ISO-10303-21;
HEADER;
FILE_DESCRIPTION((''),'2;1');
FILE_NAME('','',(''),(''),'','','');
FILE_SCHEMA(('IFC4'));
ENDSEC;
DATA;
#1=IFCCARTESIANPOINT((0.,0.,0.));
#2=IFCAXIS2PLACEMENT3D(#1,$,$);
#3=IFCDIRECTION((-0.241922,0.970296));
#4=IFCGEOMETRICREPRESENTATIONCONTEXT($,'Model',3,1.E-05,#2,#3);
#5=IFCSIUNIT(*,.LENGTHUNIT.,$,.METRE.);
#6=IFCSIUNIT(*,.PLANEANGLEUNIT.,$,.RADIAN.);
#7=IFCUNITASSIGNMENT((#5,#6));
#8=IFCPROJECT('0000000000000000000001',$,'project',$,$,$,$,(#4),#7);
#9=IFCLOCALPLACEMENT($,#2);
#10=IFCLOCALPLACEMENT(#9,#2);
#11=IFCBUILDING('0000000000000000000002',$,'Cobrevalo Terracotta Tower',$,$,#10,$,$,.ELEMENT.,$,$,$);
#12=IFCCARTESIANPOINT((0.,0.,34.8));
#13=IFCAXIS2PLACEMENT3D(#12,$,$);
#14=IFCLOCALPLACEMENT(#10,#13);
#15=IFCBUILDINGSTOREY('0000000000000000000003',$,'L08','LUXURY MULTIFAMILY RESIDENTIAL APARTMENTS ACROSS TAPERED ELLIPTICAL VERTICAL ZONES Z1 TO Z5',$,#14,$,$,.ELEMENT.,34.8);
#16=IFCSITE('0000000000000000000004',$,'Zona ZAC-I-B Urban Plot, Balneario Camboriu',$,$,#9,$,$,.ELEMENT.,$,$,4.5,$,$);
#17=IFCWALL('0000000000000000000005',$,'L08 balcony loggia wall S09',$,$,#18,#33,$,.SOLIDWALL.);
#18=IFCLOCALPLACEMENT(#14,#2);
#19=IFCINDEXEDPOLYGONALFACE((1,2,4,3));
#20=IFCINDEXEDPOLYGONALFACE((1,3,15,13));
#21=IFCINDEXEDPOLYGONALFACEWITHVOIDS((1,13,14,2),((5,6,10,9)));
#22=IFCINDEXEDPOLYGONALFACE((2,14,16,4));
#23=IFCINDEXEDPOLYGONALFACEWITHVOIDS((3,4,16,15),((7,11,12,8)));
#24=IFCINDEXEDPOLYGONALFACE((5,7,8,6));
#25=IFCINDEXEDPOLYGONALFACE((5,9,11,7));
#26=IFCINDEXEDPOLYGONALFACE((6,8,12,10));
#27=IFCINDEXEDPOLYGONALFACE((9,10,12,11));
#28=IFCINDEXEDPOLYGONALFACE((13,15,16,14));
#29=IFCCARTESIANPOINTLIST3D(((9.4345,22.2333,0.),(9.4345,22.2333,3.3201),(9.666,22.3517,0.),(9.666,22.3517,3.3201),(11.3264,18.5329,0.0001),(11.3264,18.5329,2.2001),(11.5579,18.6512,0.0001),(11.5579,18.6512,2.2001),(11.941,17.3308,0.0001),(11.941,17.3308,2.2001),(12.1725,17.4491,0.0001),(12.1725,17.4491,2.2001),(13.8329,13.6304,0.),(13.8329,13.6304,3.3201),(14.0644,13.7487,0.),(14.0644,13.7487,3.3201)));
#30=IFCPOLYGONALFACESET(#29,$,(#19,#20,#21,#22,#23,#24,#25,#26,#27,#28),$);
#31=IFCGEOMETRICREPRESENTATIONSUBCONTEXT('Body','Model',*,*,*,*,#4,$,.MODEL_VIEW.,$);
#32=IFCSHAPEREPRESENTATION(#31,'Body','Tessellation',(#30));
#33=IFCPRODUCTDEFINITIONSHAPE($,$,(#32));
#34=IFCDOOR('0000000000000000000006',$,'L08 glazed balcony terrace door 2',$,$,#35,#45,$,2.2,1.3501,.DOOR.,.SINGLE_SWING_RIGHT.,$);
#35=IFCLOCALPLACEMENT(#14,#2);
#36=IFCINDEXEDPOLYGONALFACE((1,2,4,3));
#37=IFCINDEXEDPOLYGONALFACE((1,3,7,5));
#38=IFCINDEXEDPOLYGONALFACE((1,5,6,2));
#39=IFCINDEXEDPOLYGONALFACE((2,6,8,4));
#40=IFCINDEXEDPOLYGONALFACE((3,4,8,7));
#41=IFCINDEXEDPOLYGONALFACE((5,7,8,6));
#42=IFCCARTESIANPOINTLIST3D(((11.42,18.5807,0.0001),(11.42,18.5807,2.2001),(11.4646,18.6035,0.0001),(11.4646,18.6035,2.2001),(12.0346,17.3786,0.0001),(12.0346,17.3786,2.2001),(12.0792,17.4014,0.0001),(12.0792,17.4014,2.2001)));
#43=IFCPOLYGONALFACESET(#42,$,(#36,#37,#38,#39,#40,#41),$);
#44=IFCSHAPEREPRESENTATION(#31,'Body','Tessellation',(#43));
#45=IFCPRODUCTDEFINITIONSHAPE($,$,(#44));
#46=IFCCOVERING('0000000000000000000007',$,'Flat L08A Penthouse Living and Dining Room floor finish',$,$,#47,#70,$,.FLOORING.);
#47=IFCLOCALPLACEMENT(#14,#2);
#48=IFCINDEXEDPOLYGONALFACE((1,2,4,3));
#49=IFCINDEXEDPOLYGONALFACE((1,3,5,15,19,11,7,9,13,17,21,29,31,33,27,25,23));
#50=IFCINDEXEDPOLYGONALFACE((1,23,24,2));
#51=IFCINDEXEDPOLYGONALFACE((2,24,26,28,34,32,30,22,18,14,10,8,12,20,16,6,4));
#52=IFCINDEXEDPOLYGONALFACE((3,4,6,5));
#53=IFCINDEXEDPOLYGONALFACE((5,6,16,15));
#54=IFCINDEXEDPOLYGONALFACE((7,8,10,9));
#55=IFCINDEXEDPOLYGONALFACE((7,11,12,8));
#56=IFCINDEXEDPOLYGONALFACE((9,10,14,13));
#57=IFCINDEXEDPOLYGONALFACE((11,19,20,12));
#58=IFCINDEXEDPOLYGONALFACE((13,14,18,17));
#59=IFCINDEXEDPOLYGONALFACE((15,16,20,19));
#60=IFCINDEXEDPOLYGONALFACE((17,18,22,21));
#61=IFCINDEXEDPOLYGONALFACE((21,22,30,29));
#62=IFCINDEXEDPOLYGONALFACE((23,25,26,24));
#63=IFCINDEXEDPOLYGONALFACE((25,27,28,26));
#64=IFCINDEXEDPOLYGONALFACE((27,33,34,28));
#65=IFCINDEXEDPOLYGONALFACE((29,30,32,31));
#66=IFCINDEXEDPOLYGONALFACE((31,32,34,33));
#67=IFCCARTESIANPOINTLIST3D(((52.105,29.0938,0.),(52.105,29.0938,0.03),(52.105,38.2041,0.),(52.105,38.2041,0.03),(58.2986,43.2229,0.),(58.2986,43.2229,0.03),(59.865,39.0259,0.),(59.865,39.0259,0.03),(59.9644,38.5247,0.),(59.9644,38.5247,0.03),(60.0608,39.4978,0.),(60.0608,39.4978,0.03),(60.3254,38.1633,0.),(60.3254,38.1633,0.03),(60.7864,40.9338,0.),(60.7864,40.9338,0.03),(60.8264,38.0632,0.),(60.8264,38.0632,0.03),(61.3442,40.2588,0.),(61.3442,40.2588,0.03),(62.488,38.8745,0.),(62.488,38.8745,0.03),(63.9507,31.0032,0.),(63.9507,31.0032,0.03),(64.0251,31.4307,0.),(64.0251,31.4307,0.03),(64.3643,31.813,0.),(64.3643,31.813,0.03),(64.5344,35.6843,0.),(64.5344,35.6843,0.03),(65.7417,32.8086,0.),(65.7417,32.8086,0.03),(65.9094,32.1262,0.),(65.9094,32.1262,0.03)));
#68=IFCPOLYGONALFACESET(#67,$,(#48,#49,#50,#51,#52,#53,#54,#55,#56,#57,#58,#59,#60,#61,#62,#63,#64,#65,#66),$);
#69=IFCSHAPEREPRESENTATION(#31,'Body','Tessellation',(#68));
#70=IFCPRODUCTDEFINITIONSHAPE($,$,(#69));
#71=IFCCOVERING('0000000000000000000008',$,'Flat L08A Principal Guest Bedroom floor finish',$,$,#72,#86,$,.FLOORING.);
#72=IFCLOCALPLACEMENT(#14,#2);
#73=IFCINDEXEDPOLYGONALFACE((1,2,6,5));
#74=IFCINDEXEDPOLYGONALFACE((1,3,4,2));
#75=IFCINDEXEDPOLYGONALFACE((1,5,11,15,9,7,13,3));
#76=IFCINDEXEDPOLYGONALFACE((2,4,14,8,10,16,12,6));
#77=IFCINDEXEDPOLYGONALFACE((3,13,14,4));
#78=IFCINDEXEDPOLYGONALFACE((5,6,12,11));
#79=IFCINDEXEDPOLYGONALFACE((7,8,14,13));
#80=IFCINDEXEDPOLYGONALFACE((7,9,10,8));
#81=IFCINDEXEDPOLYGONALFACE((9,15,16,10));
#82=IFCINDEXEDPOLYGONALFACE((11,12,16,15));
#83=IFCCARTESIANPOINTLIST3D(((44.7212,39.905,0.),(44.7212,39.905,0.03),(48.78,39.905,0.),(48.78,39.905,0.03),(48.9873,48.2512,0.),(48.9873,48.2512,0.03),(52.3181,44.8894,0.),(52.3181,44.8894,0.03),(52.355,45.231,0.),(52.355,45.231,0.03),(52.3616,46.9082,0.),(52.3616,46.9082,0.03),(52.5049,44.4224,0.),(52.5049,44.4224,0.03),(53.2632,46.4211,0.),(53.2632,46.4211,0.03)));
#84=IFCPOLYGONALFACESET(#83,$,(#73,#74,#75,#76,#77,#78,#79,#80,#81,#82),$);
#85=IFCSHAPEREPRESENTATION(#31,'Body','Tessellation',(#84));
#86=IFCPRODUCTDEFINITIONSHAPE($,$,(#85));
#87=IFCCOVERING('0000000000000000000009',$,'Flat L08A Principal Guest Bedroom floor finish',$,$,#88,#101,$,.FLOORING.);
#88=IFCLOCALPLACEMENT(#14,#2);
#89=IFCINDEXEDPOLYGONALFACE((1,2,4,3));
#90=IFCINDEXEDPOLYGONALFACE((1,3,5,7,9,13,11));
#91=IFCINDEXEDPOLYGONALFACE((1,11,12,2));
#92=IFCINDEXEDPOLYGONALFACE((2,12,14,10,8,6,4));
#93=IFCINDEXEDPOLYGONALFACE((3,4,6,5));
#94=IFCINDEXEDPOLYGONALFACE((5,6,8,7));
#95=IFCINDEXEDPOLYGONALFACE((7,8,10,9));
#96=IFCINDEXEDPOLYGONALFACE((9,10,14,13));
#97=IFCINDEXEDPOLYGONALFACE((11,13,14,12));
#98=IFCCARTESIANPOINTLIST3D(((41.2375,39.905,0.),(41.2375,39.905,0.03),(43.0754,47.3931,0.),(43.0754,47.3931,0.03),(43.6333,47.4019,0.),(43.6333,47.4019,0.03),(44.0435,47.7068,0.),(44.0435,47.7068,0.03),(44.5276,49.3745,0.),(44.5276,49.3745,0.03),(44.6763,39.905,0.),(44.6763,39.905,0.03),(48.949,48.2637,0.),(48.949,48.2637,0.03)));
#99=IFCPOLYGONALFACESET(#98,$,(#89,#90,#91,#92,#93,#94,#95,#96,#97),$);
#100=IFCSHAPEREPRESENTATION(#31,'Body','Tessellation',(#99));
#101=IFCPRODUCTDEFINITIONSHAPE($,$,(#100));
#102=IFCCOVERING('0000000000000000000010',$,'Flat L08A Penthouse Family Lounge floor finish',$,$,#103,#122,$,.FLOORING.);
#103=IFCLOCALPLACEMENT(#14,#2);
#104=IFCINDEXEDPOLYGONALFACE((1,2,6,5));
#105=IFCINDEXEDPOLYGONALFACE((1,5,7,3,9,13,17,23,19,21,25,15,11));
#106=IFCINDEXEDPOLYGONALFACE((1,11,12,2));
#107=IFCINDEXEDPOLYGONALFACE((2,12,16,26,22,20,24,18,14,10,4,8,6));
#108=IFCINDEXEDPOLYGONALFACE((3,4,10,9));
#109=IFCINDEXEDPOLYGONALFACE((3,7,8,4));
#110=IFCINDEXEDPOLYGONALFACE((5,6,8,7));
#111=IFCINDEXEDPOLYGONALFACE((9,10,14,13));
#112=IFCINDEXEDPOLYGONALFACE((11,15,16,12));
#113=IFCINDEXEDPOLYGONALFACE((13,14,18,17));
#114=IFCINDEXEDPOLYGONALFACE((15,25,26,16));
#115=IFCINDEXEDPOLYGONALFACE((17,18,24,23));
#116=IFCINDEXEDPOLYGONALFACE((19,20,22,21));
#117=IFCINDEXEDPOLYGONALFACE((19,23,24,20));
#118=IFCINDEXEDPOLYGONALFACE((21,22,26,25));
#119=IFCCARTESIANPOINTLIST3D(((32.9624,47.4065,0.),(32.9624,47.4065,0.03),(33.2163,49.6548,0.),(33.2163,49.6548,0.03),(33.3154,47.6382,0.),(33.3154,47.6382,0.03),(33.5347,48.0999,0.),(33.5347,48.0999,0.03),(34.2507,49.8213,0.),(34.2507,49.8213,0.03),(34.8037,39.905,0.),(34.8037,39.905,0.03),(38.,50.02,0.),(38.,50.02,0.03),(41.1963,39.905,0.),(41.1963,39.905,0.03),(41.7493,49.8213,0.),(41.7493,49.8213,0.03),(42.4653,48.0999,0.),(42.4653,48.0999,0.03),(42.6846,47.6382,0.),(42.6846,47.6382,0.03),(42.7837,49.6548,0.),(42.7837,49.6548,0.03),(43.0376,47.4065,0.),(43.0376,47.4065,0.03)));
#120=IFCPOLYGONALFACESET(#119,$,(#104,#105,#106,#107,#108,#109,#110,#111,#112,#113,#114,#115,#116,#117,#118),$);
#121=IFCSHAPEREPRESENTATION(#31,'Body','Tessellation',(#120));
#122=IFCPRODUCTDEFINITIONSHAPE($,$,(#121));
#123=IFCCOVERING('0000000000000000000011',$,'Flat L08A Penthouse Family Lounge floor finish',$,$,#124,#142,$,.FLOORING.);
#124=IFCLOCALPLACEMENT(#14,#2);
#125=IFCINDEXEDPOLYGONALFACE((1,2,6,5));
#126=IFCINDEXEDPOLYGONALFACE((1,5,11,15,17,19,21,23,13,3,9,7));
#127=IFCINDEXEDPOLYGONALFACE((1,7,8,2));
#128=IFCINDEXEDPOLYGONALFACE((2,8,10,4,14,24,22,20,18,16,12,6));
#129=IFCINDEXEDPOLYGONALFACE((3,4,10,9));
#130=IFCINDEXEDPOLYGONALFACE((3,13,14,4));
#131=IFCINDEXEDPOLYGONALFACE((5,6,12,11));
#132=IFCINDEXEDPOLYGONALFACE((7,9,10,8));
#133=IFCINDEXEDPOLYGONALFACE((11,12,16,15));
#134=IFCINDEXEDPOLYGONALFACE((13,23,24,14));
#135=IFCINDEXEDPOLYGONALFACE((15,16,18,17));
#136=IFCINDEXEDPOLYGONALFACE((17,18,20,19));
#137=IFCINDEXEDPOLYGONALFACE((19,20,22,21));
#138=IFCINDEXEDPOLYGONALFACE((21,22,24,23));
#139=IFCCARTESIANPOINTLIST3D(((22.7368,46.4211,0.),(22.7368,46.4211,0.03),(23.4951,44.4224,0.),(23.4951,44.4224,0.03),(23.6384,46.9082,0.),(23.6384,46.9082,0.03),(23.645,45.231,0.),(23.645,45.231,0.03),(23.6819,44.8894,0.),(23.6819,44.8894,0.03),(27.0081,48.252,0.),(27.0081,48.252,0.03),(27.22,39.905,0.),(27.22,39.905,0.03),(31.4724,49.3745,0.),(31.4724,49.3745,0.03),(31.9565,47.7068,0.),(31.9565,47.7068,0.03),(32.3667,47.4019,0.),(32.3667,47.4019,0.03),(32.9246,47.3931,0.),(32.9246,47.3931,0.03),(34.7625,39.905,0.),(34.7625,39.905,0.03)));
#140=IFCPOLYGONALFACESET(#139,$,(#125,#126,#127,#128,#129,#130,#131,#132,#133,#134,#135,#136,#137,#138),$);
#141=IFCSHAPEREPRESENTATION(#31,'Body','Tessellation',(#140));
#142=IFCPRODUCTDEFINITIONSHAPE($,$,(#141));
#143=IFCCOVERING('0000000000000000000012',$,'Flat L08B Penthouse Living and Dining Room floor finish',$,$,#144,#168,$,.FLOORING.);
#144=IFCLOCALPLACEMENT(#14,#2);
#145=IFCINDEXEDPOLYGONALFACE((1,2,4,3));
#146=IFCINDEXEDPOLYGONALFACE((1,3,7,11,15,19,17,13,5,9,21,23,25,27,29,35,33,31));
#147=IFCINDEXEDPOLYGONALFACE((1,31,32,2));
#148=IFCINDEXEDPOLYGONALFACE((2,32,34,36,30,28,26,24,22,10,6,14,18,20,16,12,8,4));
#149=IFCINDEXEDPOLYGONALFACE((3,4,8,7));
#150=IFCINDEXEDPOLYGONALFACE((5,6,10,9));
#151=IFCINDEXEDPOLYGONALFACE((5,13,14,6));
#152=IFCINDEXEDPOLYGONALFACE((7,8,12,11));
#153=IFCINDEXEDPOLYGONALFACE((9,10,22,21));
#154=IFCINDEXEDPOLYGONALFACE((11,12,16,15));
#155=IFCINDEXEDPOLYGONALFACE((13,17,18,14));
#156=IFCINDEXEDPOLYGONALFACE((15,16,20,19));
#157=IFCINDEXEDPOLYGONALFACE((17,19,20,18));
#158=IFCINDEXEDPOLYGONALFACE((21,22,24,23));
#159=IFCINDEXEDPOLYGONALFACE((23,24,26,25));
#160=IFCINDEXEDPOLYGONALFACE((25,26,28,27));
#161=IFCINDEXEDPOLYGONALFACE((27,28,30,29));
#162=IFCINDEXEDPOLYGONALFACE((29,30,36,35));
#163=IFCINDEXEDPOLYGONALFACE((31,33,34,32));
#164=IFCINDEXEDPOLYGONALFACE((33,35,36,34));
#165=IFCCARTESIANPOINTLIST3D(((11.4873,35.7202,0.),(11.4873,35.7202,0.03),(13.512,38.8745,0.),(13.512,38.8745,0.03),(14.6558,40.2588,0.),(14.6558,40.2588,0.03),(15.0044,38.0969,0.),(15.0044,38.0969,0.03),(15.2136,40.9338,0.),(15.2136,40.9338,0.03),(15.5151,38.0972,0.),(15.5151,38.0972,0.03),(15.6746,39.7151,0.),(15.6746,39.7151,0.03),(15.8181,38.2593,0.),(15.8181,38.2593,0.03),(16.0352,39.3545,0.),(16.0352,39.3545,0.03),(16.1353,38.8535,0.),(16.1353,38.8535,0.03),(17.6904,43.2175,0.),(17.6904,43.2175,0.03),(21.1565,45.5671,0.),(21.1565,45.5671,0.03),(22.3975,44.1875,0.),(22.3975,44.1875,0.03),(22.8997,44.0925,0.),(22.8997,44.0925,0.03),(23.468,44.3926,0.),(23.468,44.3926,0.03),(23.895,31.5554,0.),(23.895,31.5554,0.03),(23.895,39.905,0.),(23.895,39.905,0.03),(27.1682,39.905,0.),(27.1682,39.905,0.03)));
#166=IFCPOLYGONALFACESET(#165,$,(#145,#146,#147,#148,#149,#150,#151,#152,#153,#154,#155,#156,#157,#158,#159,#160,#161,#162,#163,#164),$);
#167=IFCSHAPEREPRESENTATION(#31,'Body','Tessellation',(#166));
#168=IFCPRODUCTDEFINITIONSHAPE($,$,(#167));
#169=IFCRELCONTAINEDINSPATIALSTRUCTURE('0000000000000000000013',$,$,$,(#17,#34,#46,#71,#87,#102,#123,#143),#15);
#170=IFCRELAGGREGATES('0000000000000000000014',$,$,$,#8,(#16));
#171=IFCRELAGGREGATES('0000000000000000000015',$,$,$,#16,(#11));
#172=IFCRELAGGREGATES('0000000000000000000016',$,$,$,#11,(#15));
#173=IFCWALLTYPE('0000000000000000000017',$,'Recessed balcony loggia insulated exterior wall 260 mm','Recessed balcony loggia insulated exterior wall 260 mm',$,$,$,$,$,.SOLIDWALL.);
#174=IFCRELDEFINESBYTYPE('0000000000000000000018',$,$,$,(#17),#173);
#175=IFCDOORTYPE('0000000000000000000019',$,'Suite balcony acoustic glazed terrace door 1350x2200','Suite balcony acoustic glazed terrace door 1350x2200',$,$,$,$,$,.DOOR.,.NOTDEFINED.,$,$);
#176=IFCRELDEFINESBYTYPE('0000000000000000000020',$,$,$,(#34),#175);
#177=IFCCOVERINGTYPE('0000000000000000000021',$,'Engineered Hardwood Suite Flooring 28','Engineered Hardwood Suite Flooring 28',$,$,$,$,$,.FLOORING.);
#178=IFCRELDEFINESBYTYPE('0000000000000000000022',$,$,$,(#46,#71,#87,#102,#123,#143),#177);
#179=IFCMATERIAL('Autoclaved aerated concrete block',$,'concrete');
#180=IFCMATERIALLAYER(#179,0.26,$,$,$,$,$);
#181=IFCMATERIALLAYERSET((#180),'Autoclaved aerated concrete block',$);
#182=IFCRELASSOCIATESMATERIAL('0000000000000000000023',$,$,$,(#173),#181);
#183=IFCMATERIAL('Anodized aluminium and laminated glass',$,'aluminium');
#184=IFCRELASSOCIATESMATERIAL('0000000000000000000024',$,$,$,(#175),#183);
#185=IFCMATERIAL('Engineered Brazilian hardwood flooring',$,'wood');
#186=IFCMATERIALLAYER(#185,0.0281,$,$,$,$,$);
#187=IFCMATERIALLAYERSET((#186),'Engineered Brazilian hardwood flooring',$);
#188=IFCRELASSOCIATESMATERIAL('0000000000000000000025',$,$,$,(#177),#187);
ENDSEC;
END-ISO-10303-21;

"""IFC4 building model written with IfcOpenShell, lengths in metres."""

from ifc_helpers import new_model, si_unit, direction, frame, frame_2d, origin, place, context, subcontext, project, spatial, polyline, rectangle, outline, extrude, source, transform, mapped, material, layer, layer_set, type_object, element, fill, save


model = new_model("IFC4")

# Units and contexts
model_context = context("Model", 3, precision=1e-05, world=origin(), true_north=direction((-0.241922, 0.970296)))
body_context = subcontext(model_context, "Body", "Model", "MODEL_VIEW")
ifc_project = project(units=[si_unit("LENGTHUNIT", "METRE"), si_unit("PLANEANGLEUNIT", "RADIAN")], contexts=[model_context])

# Site, building, storey
site_placement = place(None, origin())
site = spatial("IfcSite", under=ifc_project, at=site_placement, Name="Zona ZAC-I-B Urban Plot, Balneario Camboriu", CompositionType="ELEMENT", RefElevation=4.5)
building_placement = place(site_placement, origin())
building = spatial("IfcBuilding", under=site, at=building_placement, Name="Cobrevalo Terracotta Tower", CompositionType="ELEMENT")
storey_placement = place(building_placement, frame((0.0, 0.0, 34.8)))
storey = spatial("IfcBuildingStorey", under=building, at=storey_placement, Name="L08", Description="LUXURY MULTIFAMILY RESIDENTIAL APARTMENTS ACROSS TAPERED ELLIPTICAL VERTICAL ZONES Z1 TO Z5", CompositionType="ELEMENT", Elevation=34.8)

# Wall, opening, door
ifc_material_1 = material(Name="Autoclaved aerated concrete block", Category="concrete")
ifc_layer_1 = layer(ifc_material_1, 0.26)
ifc_layer_set_1 = layer_set([ifc_layer_1], Name="Autoclaved aerated concrete block")
wall_type = type_object("IfcWallType", Name="Recessed balcony loggia insulated exterior wall 260 mm", Description="Recessed balcony loggia insulated exterior wall 260 mm", PredefinedType="SOLIDWALL", material=ifc_layer_set_1)
wall_placement = place(storey_placement, frame((9.5503, 22.2925, 0.0), z_axis=(0.0, 0.0, 1.0), x_axis=(0.455221, -0.890379, 0.0)))
wall = element("IfcWall", 1, at=wall_placement, inside=storey, type_object=wall_type, Name="L08 balcony loggia wall S09", PredefinedType="SOLIDWALL", context=body_context, shape_type="SweptSolid", body=[
    extrude(rectangle(XDim=9.6621, YDim=0.26, at=frame_2d((4.8311, 0.0))), origin(), (0.0, 0.0, 1.0), 3.3201),
])
opening_placement = place(wall_placement, frame((4.156, 0.0, 0.0)))
opening = element("IfcOpeningElement", 2, at=opening_placement, cuts=wall, PredefinedType="OPENING", context=body_context, shape_type="SweptSolid", body=[
    extrude(rectangle(XDim=1.3501, YDim=2.2, at=frame_2d((0.675, 1.1001))), frame((0.0, 0.1401, 0.0), z_axis=(0.0, -1.0, 0.0), x_axis=(1.0, 0.0, 0.0)), (0.0, 0.0, 1.0), 0.28),
])
ifc_material_2 = material(Name="Anodized aluminium and laminated glass", Category="aluminium")
door_type = type_object("IfcDoorType", Name="Suite balcony acoustic glazed terrace door 1350x2200", Description="Suite balcony acoustic glazed terrace door 1350x2200", OperationType="NOTDEFINED", PredefinedType="DOOR", material=ifc_material_2)
shared_shape_1 = source(origin(), body_context, "Body", "SweptSolid", [
    extrude(rectangle(XDim=1.3501, YDim=2.2, at=frame_2d((0.675, 1.1001))), frame((0.0, 0.0249, 0.0), z_axis=(0.0, -1.0, 0.0), x_axis=(1.0, 0.0, 0.0)), (0.0, 0.0, 1.0), 0.05),
])
door_placement = place(opening_placement, frame((1.3501, 0.0, 0.0), z_axis=(0.0, 0.0, 1.0), x_axis=(-1.0, 0.0, 0.0)))
door = element("IfcDoor", 3, at=door_placement, inside=storey, type_object=door_type, Name="L08 glazed balcony terrace door 2", OperationType="SINGLE_SWING_RIGHT", OverallHeight=2.2, OverallWidth=1.3501, PredefinedType="DOOR", context=body_context, shape_type="MappedRepresentation", body=[
    mapped(shared_shape_1, transform((0.0, 0.0, 0.0), scale=1.0)),
])
fill(opening, door)

# Coverings
ifc_material_3 = material(Name="Engineered Brazilian hardwood flooring", Category="wood")
ifc_layer_2 = layer(ifc_material_3, 0.0281)
ifc_layer_set_2 = layer_set([ifc_layer_2], Name="Engineered Brazilian hardwood flooring")
covering_type_1 = type_object("IfcCoveringType", Name="Engineered Hardwood Suite Flooring 28", Description="Engineered Hardwood Suite Flooring 28", PredefinedType="FLOORING", material=ifc_layer_set_2)
covering_1_placement = place(storey_placement, origin())
element("IfcCovering", 4, at=covering_1_placement, inside=storey, type_object=covering_type_1, Name="Flat L08A Penthouse Living and Dining Room floor finish", PredefinedType="FLOORING", context=body_context, shape_type="SweptSolid", body=[
    extrude(outline(polyline([(60.7864, 40.9338), (61.3442, 40.2588), (60.0608, 39.4978), (59.865, 39.0259), (59.9644, 38.5247), (60.3254, 38.1633), (60.8264, 38.0632), (62.488, 38.8745), (64.5344, 35.6843), (65.7417, 32.8086), (65.9094, 32.1262), (64.3643, 31.813), (64.0251, 31.4307), (63.9507, 31.0032), (52.105, 29.0938), (52.105, 38.2041), (58.2986, 43.2229), (60.7864, 40.9338)])), origin(), (0.0, 0.0, 1.0), 0.03),
])
covering_2_placement = place(storey_placement, origin())
element("IfcCovering", 5, at=covering_2_placement, inside=storey, type_object=covering_type_1, Name="Flat L08A Principal Guest Bedroom floor finish", PredefinedType="FLOORING", context=body_context, shape_type="SweptSolid", body=[
    extrude(outline(polyline([(52.3616, 46.9082), (53.2632, 46.4211), (52.355, 45.231), (52.3181, 44.8894), (52.5049, 44.4224), (48.78, 39.905), (44.7212, 39.905), (48.9873, 48.2512), (52.3616, 46.9082)])), origin(), (0.0, 0.0, 1.0), 0.03),
])
covering_3_placement = place(storey_placement, origin())
element("IfcCovering", 6, at=covering_3_placement, inside=storey, type_object=covering_type_1, Name="Flat L08A Principal Guest Bedroom floor finish", PredefinedType="FLOORING", context=body_context, shape_type="SweptSolid", body=[
    extrude(outline(polyline([(48.949, 48.2637), (44.6763, 39.905), (41.2375, 39.905), (43.0754, 47.3931), (43.6333, 47.4019), (44.0435, 47.7068), (44.5276, 49.3745), (48.949, 48.2637)])), origin(), (0.0, 0.0, 1.0), 0.03),
])
covering_4_placement = place(storey_placement, origin())
element("IfcCovering", 7, at=covering_4_placement, inside=storey, type_object=covering_type_1, Name="Flat L08A Penthouse Family Lounge floor finish", PredefinedType="FLOORING", context=body_context, shape_type="SweptSolid", body=[
    extrude(outline(polyline([(38.0, 50.02), (41.7493, 49.8213), (42.7837, 49.6548), (42.4653, 48.0999), (42.6846, 47.6382), (43.0376, 47.4065), (41.1963, 39.905), (34.8037, 39.905), (32.9624, 47.4065), (33.3154, 47.6382), (33.5347, 48.0999), (33.2163, 49.6548), (34.2507, 49.8213), (38.0, 50.02)])), origin(), (0.0, 0.0, 1.0), 0.03),
])
covering_5_placement = place(storey_placement, origin())
element("IfcCovering", 8, at=covering_5_placement, inside=storey, type_object=covering_type_1, Name="Flat L08A Penthouse Family Lounge floor finish", PredefinedType="FLOORING", context=body_context, shape_type="SweptSolid", body=[
    extrude(outline(polyline([(23.4951, 44.4224), (23.6819, 44.8894), (23.645, 45.231), (22.7368, 46.4211), (23.6384, 46.9082), (27.0081, 48.252), (31.4724, 49.3745), (31.9565, 47.7068), (32.3667, 47.4019), (32.9246, 47.3931), (34.7625, 39.905), (27.22, 39.905), (23.4951, 44.4224)])), origin(), (0.0, 0.0, 1.0), 0.03),
])
covering_6_placement = place(storey_placement, origin())
element("IfcCovering", 9, at=covering_6_placement, inside=storey, type_object=covering_type_1, Name="Flat L08B Penthouse Living and Dining Room floor finish", PredefinedType="FLOORING", context=body_context, shape_type="SweptSolid", body=[
    extrude(outline(polyline([(13.512, 38.8745), (15.0044, 38.0969), (15.5151, 38.0972), (15.8181, 38.2593), (16.1353, 38.8535), (16.0352, 39.3545), (15.6746, 39.7151), (14.6558, 40.2588), (15.2136, 40.9338), (17.6904, 43.2175), (21.1565, 45.5671), (22.3975, 44.1875), (22.8997, 44.0925), (23.468, 44.3926), (27.1682, 39.905), (23.895, 39.905), (23.895, 31.5554), (11.4873, 35.7202), (13.512, 38.8745)])), origin(), (0.0, 0.0, 1.0), 0.03),
])

save(model, "model.ifc")
